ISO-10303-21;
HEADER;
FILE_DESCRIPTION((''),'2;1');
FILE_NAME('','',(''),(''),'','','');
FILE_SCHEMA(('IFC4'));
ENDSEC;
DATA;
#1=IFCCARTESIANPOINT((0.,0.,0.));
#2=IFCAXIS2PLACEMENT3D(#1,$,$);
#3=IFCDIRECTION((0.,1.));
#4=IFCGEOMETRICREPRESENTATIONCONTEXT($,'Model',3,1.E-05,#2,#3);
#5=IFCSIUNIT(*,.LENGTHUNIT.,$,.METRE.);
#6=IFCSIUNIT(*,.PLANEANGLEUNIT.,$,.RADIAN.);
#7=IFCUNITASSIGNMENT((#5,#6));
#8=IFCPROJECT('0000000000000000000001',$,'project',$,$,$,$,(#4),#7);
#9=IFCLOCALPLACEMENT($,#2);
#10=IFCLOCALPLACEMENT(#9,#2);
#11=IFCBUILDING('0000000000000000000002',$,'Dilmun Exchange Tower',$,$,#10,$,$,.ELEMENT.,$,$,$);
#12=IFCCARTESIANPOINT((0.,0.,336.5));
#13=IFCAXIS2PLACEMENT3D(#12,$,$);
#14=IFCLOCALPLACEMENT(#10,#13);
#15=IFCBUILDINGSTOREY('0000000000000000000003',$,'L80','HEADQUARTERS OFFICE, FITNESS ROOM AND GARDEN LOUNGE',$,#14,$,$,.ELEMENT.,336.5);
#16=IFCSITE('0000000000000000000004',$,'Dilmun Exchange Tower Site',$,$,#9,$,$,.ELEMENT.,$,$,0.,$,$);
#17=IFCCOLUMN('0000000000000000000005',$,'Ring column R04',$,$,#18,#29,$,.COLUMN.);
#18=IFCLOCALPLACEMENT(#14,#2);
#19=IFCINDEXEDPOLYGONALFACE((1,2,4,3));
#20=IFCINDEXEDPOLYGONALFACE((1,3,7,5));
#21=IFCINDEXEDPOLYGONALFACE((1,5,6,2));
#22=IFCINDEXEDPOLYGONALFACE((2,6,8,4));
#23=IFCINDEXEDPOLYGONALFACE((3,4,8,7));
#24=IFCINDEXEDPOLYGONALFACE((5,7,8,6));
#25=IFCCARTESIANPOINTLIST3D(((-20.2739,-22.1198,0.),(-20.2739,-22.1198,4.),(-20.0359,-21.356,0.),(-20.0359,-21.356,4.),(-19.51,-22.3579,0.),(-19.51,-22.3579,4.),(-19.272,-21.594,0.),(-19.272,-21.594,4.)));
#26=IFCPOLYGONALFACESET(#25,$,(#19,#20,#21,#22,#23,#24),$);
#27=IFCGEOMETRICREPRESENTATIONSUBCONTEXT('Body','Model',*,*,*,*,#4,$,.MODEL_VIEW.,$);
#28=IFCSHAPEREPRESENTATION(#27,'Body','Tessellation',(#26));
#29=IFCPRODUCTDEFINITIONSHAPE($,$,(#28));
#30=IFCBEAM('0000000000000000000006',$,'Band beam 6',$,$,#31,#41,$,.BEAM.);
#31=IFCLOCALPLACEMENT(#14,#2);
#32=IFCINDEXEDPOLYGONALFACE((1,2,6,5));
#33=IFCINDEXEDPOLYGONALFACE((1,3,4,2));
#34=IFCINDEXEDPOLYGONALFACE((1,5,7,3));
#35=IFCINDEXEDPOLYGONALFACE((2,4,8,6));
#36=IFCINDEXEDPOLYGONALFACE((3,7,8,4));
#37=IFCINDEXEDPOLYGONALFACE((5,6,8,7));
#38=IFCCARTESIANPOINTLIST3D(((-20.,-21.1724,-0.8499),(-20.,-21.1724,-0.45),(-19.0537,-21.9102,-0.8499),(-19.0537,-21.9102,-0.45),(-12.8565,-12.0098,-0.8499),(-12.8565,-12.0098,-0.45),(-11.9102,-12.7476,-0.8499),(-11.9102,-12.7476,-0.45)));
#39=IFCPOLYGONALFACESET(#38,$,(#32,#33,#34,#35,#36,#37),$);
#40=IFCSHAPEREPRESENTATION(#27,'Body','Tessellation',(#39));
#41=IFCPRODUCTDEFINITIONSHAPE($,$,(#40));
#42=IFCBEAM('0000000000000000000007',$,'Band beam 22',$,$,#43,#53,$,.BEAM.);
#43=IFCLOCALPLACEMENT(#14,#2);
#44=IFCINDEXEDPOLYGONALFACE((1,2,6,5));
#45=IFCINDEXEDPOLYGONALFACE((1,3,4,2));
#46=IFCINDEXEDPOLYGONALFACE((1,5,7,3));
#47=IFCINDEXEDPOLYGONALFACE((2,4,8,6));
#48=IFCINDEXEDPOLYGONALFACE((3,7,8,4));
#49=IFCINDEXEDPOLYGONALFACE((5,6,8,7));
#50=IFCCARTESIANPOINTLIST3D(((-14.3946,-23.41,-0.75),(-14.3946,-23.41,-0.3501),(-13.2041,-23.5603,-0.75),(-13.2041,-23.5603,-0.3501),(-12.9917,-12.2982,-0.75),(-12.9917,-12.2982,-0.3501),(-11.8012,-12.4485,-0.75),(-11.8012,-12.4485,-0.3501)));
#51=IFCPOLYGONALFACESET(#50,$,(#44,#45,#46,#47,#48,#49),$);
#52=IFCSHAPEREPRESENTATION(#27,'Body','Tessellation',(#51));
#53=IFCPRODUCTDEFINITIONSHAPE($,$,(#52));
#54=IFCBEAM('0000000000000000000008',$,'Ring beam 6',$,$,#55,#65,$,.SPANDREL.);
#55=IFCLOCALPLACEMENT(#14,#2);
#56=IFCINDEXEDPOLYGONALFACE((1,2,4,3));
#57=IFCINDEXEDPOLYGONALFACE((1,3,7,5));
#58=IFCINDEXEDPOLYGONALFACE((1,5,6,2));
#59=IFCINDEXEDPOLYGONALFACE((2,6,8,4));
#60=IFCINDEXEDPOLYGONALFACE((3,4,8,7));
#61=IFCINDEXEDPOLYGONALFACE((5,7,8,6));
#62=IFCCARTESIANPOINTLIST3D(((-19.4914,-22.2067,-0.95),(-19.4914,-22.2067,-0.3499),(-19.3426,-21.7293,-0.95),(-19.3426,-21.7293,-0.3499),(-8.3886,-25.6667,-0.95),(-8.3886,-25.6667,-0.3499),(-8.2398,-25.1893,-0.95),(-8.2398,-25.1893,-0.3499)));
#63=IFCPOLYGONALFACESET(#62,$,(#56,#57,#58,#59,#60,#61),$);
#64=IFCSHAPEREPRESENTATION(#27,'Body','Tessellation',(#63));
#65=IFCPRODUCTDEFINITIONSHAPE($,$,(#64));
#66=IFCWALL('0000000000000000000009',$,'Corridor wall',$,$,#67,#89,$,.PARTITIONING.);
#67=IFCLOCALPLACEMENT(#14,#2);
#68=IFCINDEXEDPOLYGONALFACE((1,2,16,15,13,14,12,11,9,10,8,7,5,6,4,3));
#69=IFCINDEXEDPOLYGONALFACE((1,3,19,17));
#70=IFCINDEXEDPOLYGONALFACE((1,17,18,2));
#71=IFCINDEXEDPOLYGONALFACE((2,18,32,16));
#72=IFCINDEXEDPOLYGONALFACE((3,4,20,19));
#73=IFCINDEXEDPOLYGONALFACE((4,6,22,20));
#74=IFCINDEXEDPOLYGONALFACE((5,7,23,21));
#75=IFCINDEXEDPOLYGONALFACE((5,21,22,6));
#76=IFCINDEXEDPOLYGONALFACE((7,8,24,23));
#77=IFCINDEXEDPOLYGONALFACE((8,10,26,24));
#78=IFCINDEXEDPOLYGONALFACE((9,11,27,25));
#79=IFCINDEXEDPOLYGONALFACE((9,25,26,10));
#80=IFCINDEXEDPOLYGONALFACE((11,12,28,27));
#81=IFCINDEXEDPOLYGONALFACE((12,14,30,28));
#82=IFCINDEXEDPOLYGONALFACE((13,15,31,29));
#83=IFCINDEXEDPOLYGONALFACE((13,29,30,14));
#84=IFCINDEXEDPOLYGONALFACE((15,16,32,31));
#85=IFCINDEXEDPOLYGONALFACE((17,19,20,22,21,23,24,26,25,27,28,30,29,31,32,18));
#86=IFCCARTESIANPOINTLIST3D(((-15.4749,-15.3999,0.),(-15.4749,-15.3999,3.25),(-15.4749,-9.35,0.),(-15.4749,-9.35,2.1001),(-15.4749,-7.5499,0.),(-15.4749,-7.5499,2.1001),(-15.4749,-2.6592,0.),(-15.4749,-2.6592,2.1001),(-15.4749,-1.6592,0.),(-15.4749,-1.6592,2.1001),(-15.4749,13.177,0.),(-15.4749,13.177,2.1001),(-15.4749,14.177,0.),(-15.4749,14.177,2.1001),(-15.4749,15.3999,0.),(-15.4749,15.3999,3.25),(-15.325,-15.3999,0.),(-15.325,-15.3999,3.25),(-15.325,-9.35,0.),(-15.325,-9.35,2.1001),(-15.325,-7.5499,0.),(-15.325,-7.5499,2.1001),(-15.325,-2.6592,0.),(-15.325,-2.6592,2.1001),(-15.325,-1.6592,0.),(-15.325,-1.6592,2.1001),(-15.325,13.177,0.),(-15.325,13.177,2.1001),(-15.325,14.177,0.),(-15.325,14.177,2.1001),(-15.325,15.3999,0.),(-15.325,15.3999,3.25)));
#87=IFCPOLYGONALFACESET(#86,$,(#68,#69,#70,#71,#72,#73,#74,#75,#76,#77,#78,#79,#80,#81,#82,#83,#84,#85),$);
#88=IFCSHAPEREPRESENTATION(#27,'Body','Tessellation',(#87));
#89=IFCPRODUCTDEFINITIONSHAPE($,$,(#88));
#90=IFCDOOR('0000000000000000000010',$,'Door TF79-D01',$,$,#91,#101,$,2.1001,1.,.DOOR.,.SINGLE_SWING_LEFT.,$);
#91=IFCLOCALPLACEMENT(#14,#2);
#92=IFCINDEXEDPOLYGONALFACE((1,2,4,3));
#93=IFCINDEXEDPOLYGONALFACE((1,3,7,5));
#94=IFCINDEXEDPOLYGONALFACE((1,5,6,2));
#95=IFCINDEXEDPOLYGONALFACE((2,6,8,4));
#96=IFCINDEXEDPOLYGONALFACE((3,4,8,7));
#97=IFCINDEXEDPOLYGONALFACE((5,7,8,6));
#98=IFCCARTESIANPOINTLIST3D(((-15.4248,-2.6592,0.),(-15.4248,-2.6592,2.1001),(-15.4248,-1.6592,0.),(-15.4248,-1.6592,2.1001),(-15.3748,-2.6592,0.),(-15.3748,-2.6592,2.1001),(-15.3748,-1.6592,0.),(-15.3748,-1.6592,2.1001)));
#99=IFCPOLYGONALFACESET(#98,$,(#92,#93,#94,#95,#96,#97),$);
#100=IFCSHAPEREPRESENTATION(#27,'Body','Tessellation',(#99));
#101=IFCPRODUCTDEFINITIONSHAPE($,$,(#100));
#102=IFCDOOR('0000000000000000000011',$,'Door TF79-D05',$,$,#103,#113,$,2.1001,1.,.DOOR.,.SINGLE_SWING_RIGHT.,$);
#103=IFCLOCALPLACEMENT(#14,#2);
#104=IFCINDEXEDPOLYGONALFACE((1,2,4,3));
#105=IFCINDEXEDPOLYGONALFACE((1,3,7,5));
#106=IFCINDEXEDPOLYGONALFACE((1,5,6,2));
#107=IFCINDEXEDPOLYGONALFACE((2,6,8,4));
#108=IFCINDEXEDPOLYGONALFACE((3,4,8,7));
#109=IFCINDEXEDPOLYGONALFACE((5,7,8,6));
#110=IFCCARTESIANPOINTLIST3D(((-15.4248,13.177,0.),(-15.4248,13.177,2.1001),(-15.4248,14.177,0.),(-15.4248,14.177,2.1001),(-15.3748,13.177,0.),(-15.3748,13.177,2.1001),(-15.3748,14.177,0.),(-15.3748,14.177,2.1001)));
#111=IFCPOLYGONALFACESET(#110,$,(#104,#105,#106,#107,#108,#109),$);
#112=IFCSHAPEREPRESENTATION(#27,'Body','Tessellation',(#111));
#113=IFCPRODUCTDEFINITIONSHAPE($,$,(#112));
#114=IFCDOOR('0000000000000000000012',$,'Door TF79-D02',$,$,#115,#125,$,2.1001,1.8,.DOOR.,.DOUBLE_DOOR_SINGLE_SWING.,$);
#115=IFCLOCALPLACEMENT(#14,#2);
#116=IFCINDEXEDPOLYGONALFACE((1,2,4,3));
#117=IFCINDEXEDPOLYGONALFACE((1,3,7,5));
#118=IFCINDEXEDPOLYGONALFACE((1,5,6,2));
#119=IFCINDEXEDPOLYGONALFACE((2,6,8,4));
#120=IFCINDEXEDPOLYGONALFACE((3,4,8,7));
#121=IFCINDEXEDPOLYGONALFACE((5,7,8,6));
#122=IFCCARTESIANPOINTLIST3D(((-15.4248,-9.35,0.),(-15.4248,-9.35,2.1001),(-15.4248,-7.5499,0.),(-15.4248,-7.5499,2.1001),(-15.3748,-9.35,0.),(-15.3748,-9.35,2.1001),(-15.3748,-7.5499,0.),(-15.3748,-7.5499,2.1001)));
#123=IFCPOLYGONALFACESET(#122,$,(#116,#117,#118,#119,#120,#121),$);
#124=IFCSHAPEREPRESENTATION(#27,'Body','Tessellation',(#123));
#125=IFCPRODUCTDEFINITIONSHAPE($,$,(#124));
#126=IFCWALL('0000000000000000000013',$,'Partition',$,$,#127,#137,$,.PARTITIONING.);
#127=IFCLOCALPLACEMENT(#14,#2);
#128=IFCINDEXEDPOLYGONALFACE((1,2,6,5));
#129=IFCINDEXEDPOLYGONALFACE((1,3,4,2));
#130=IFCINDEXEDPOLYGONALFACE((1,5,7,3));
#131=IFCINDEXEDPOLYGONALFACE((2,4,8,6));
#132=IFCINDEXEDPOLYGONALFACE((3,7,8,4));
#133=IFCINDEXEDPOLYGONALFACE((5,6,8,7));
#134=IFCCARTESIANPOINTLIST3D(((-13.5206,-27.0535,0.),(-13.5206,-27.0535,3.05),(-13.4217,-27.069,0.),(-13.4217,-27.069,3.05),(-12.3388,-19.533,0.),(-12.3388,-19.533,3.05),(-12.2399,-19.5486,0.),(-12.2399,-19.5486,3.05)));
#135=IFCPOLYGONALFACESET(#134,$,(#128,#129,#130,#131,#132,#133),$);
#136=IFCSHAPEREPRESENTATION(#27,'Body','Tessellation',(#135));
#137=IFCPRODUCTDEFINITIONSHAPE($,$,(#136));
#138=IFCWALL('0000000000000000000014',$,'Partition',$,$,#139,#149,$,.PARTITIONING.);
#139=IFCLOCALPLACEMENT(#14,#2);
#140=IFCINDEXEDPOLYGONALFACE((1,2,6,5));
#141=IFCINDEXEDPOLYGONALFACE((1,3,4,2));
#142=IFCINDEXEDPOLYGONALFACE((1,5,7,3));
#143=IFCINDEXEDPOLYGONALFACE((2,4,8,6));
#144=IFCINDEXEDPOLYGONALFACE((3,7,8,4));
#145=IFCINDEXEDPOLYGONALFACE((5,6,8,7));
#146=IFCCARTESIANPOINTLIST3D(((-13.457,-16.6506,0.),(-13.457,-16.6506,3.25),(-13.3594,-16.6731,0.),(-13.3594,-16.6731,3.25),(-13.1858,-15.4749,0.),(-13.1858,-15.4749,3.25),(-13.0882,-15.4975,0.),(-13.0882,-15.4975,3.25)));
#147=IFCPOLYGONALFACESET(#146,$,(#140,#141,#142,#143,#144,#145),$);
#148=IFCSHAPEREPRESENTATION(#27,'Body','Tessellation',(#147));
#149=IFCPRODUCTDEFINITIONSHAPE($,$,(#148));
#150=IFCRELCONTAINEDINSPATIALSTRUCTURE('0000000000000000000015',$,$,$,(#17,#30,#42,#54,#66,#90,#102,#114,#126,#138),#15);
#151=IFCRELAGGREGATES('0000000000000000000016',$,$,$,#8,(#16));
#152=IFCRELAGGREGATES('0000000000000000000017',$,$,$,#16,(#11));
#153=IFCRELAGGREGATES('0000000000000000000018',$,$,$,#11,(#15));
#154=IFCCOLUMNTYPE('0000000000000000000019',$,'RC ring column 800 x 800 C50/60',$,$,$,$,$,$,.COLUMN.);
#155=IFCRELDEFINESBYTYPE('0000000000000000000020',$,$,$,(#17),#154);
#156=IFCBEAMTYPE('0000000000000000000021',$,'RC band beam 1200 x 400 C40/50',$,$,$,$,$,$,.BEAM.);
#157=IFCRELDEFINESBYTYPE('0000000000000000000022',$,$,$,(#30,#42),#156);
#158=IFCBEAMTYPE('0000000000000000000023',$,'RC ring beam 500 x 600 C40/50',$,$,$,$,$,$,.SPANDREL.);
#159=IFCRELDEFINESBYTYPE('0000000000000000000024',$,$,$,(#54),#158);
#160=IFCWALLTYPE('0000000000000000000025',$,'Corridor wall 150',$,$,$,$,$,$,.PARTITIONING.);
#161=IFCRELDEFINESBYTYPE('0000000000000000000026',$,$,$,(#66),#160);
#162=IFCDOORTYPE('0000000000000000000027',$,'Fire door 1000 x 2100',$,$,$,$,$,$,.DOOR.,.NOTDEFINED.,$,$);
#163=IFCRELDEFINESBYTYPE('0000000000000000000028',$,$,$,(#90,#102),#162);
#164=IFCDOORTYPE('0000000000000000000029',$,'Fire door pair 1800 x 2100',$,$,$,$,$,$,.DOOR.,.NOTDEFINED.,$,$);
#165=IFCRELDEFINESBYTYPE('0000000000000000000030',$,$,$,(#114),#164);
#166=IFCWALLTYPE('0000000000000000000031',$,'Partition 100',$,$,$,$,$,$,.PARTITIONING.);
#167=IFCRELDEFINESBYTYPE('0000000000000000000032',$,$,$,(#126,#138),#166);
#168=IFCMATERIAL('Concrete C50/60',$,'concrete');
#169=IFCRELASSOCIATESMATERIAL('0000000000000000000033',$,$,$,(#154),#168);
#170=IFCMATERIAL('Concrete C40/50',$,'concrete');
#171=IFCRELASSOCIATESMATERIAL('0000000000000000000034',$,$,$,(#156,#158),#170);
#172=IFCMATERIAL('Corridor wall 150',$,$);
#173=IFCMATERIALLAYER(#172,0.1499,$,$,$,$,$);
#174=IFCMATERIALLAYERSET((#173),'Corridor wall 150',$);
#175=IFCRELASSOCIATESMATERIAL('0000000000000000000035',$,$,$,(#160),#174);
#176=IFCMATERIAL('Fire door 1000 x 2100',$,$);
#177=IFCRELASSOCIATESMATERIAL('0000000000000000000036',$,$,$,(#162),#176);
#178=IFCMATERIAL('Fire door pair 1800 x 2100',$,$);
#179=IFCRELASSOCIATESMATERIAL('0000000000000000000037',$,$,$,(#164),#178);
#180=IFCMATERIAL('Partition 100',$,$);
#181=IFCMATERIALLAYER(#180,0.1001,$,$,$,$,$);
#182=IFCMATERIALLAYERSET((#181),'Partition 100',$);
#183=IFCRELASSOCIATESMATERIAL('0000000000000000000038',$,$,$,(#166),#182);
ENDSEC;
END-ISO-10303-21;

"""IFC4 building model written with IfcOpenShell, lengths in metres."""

from ifc_helpers import new_model, si_unit, direction, frame, frame_2d, origin, origin_2d, place, context, subcontext, project, spatial, rectangle, extrude, material, layer, layer_set, material_profile, profile_set, type_object, element, fill, save


model = new_model("IFC4")

# Units and contexts
model_context = context("Model", 3, precision=1e-05, world=origin(), true_north=direction((0.0, 1.0)))
body_context = subcontext(model_context, "Body", "Model", "MODEL_VIEW")
ifc_project = project(units=[si_unit("LENGTHUNIT", "METRE"), si_unit("PLANEANGLEUNIT", "RADIAN")], contexts=[model_context])

# Site, building, storey
site_placement = place(None, origin())
site = spatial("IfcSite", under=ifc_project, at=site_placement, Name="Dilmun Exchange Tower Site", CompositionType="ELEMENT", RefElevation=0.0)
building_placement = place(site_placement, origin())
building = spatial("IfcBuilding", under=site, at=building_placement, Name="Dilmun Exchange Tower", CompositionType="ELEMENT")
storey_placement = place(building_placement, frame((0.0, 0.0, 336.5)))
storey = spatial("IfcBuildingStorey", under=building, at=storey_placement, Name="L80", Description="HEADQUARTERS OFFICE, FITNESS ROOM AND GARDEN LOUNGE", CompositionType="ELEMENT", Elevation=336.5)

# Column
ifc_material_1 = material(Name="Concrete C50/60", Category="concrete")
ifc_material_profile_1 = material_profile(ifc_material_1, rectangle(XDim=0.8, YDim=0.8, at=origin_2d()), Name="800 x 800")
ifc_profile_set_1 = profile_set([ifc_material_profile_1], Name="Concrete C50/60")
column_type = type_object("IfcColumnType", Name="RC ring column 800 x 800 C50/60", PredefinedType="COLUMN", material=ifc_profile_set_1)
column_placement = place(storey_placement, frame((-19.7729, -21.8569, 0.0), z_axis=(0.0, 0.0, 1.0), x_axis=(0.297503, 0.954721, 0.0)))
element("IfcColumn", 1, at=column_placement, inside=storey, type_object=column_type, Name="Ring column R04", PredefinedType="COLUMN", context=body_context, shape_type="SweptSolid", body=[
    extrude(rectangle(XDim=0.8, YDim=0.8, at=origin_2d()), origin(), (0.0, 0.0, 1.0), 4.0),
])

# Beams
ifc_material_2 = material(Name="Concrete C40/50", Category="concrete")
ifc_material_profile_2 = material_profile(ifc_material_2, rectangle(XDim=1.2, YDim=0.3999, at=origin_2d()), Name="1200 x 400")
ifc_profile_set_2 = profile_set([ifc_material_profile_2], Name="Concrete C40/50")
beam_type_1 = type_object("IfcBeamType", Name="RC band beam 1200 x 400 C40/50", PredefinedType="BEAM", material=ifc_profile_set_2)
beam_1_placement = place(storey_placement, frame((-19.5269, -21.5413, -0.6499), z_axis=(0.614857, 0.788639, 0.0), x_axis=(-0.788639, 0.614857, 0.0)))
element("IfcBeam", 2, at=beam_1_placement, inside=storey, type_object=beam_type_1, Name="Band beam 6", PredefinedType="BEAM", context=body_context, shape_type="SweptSolid", body=[
    extrude(rectangle(XDim=1.2, YDim=0.3999, at=origin_2d()), origin(), (0.0, 0.0, 1.0), 11.6182),
])
beam_2_placement = place(storey_placement, frame((-13.7993, -23.4851, -0.55), z_axis=(0.125253, 0.992125, 0.0), x_axis=(-0.992125, 0.125253, 0.0)))
element("IfcBeam", 3, at=beam_2_placement, inside=storey, type_object=beam_type_1, Name="Band beam 22", PredefinedType="BEAM", context=body_context, shape_type="SweptSolid", body=[
    extrude(rectangle(XDim=1.2, YDim=0.3999, at=origin_2d()), origin(), (0.0, 0.0, 1.0), 11.2),
])
ifc_material_profile_3 = material_profile(ifc_material_2, rectangle(XDim=0.5, YDim=0.6001, at=origin_2d()), Name="500 x 600")
ifc_profile_set_3 = profile_set([ifc_material_profile_3], Name="Concrete C40/50")
beam_type_2 = type_object("IfcBeamType", Name="RC ring beam 500 x 600 C40/50", PredefinedType="SPANDREL", material=ifc_profile_set_3)
beam_3_placement = place(storey_placement, frame((-19.417, -21.968, -0.6499), z_axis=(0.954716, -0.297518, 0.0), x_axis=(0.297518, 0.954716, 0.0)))
element("IfcBeam", 4, at=beam_3_placement, inside=storey, type_object=beam_type_2, Name="Ring beam 6", PredefinedType="SPANDREL", context=body_context, shape_type="SweptSolid", body=[
    extrude(rectangle(XDim=0.5, YDim=0.6001, at=origin_2d()), origin(), (0.0, 0.0, 1.0), 11.6294),
])

# Wall, openings, doors
ifc_material_3 = material(Name="Corridor wall 150")
ifc_layer_1 = layer(ifc_material_3, 0.1499)
ifc_layer_set_1 = layer_set([ifc_layer_1], Name="Corridor wall 150")
wall_type_1 = type_object("IfcWallType", Name="Corridor wall 150", PredefinedType="PARTITIONING", material=ifc_layer_set_1)
wall_1_placement = place(storey_placement, frame((-15.3999, -15.3999, 0.0), z_axis=(0.0, 0.0, 1.0), x_axis=(0.0, 1.0, 0.0)))
wall_1 = element("IfcWall", 5, at=wall_1_placement, inside=storey, type_object=wall_type_1, Name="Corridor wall", PredefinedType="PARTITIONING", context=body_context, shape_type="SweptSolid", body=[
    extrude(rectangle(XDim=30.7998, YDim=0.1499, at=frame_2d((15.3999, 0.0))), origin(), (0.0, 0.0, 1.0), 3.25),
])
opening_1_placement = place(wall_1_placement, frame((12.7407, 0.0, 0.0)))
opening_1 = element("IfcOpeningElement", 6, at=opening_1_placement, cuts=wall_1, PredefinedType="OPENING", context=body_context, shape_type="SweptSolid", body=[
    extrude(rectangle(XDim=1.0, YDim=2.1001, at=frame_2d((0.5, 1.05))), frame((0.0, 0.085, 0.0), z_axis=(0.0, -1.0, 0.0), x_axis=(1.0, 0.0, 0.0)), (0.0, 0.0, 1.0), 0.1699),
])
opening_2_placement = place(wall_1_placement, frame((6.05, 0.0, 0.0)))
opening_2 = element("IfcOpeningElement", 7, at=opening_2_placement, cuts=wall_1, PredefinedType="OPENING", context=body_context, shape_type="SweptSolid", body=[
    extrude(rectangle(XDim=1.8, YDim=2.1001, at=frame_2d((0.8999, 1.05))), frame((0.0, 0.085, 0.0), z_axis=(0.0, -1.0, 0.0), x_axis=(1.0, 0.0, 0.0)), (0.0, 0.0, 1.0), 0.1699),
])
opening_3_placement = place(wall_1_placement, frame((28.5769, 0.0, 0.0)))
opening_3 = element("IfcOpeningElement", 8, at=opening_3_placement, cuts=wall_1, PredefinedType="OPENING", context=body_context, shape_type="SweptSolid", body=[
    extrude(rectangle(XDim=1.0, YDim=2.1001, at=frame_2d((0.5, 1.05))), frame((0.0, 0.085, 0.0), z_axis=(0.0, -1.0, 0.0), x_axis=(1.0, 0.0, 0.0)), (0.0, 0.0, 1.0), 0.1699),
])
ifc_material_4 = material(Name="Fire door 1000 x 2100")
door_type_1 = type_object("IfcDoorType", Name="Fire door 1000 x 2100", OperationType="NOTDEFINED", PredefinedType="DOOR", material=ifc_material_4)
door_1_placement = place(opening_1_placement, origin())
door_1 = element("IfcDoor", 9, at=door_1_placement, inside=storey, type_object=door_type_1, Name="Door TF79-D01", OperationType="SINGLE_SWING_LEFT", OverallHeight=2.1001, OverallWidth=1.0, PredefinedType="DOOR", context=body_context, shape_type="SweptSolid", body=[
    extrude(rectangle(XDim=1.0, YDim=2.1001, at=frame_2d((0.5, 1.05))), frame((0.0, 0.0249, 0.0), z_axis=(0.0, -1.0, 0.0), x_axis=(1.0, 0.0, 0.0)), (0.0, 0.0, 1.0), 0.05),
])
fill(opening_1, door_1)
door_2_placement = place(opening_3_placement, origin())
door_2 = element("IfcDoor", 10, at=door_2_placement, inside=storey, type_object=door_type_1, Name="Door TF79-D05", OperationType="SINGLE_SWING_RIGHT", OverallHeight=2.1001, OverallWidth=1.0, PredefinedType="DOOR", context=body_context, shape_type="SweptSolid", body=[
    extrude(rectangle(XDim=1.0, YDim=2.1001, at=frame_2d((0.5, 1.05))), frame((0.0, 0.0249, 0.0), z_axis=(0.0, -1.0, 0.0), x_axis=(1.0, 0.0, 0.0)), (0.0, 0.0, 1.0), 0.05),
])
fill(opening_3, door_2)
ifc_material_5 = material(Name="Fire door pair 1800 x 2100")
door_type_2 = type_object("IfcDoorType", Name="Fire door pair 1800 x 2100", OperationType="NOTDEFINED", PredefinedType="DOOR", material=ifc_material_5)
door_3_placement = place(opening_2_placement, origin())
door_3 = element("IfcDoor", 11, at=door_3_placement, inside=storey, type_object=door_type_2, Name="Door TF79-D02", OperationType="DOUBLE_DOOR_SINGLE_SWING", OverallHeight=2.1001, OverallWidth=1.8, PredefinedType="DOOR", context=body_context, shape_type="SweptSolid", body=[
    extrude(rectangle(XDim=1.8, YDim=2.1001, at=frame_2d((0.8999, 1.05))), frame((0.0, 0.0249, 0.0), z_axis=(0.0, -1.0, 0.0), x_axis=(1.0, 0.0, 0.0)), (0.0, 0.0, 1.0), 0.05),
])
fill(opening_2, door_3)

# Walls
ifc_material_6 = material(Name="Partition 100")
ifc_layer_2 = layer(ifc_material_6, 0.1001)
ifc_layer_set_2 = layer_set([ifc_layer_2], Name="Partition 100")
wall_type_2 = type_object("IfcWallType", Name="Partition 100", PredefinedType="PARTITIONING", material=ifc_layer_set_2)
wall_2_placement = place(storey_placement, frame((-13.4712, -27.0613, 0.0), z_axis=(0.0, 0.0, 1.0), x_axis=(0.155249, 0.987875, 0.0)))
element("IfcWall", 12, at=wall_2_placement, inside=storey, type_object=wall_type_2, Name="Partition", PredefinedType="PARTITIONING", context=body_context, shape_type="SweptSolid", body=[
    extrude(rectangle(XDim=7.6128, YDim=0.1001, at=frame_2d((3.8064, 0.0))), origin(), (0.0, 0.0, 1.0), 3.05),
])
wall_3_placement = place(storey_placement, frame((-13.4082, -16.6619, 0.0), z_axis=(0.0, 0.0, 1.0), x_axis=(0.224786, 0.974408, 0.0)))
element("IfcWall", 13, at=wall_3_placement, inside=storey, type_object=wall_type_2, Name="Partition", PredefinedType="PARTITIONING", context=body_context, shape_type="SweptSolid", body=[
    extrude(rectangle(XDim=1.2065, YDim=0.1001, at=frame_2d((0.6033, 0.0))), origin(), (0.0, 0.0, 1.0), 3.25),
])

save(model, "model.ifc")
